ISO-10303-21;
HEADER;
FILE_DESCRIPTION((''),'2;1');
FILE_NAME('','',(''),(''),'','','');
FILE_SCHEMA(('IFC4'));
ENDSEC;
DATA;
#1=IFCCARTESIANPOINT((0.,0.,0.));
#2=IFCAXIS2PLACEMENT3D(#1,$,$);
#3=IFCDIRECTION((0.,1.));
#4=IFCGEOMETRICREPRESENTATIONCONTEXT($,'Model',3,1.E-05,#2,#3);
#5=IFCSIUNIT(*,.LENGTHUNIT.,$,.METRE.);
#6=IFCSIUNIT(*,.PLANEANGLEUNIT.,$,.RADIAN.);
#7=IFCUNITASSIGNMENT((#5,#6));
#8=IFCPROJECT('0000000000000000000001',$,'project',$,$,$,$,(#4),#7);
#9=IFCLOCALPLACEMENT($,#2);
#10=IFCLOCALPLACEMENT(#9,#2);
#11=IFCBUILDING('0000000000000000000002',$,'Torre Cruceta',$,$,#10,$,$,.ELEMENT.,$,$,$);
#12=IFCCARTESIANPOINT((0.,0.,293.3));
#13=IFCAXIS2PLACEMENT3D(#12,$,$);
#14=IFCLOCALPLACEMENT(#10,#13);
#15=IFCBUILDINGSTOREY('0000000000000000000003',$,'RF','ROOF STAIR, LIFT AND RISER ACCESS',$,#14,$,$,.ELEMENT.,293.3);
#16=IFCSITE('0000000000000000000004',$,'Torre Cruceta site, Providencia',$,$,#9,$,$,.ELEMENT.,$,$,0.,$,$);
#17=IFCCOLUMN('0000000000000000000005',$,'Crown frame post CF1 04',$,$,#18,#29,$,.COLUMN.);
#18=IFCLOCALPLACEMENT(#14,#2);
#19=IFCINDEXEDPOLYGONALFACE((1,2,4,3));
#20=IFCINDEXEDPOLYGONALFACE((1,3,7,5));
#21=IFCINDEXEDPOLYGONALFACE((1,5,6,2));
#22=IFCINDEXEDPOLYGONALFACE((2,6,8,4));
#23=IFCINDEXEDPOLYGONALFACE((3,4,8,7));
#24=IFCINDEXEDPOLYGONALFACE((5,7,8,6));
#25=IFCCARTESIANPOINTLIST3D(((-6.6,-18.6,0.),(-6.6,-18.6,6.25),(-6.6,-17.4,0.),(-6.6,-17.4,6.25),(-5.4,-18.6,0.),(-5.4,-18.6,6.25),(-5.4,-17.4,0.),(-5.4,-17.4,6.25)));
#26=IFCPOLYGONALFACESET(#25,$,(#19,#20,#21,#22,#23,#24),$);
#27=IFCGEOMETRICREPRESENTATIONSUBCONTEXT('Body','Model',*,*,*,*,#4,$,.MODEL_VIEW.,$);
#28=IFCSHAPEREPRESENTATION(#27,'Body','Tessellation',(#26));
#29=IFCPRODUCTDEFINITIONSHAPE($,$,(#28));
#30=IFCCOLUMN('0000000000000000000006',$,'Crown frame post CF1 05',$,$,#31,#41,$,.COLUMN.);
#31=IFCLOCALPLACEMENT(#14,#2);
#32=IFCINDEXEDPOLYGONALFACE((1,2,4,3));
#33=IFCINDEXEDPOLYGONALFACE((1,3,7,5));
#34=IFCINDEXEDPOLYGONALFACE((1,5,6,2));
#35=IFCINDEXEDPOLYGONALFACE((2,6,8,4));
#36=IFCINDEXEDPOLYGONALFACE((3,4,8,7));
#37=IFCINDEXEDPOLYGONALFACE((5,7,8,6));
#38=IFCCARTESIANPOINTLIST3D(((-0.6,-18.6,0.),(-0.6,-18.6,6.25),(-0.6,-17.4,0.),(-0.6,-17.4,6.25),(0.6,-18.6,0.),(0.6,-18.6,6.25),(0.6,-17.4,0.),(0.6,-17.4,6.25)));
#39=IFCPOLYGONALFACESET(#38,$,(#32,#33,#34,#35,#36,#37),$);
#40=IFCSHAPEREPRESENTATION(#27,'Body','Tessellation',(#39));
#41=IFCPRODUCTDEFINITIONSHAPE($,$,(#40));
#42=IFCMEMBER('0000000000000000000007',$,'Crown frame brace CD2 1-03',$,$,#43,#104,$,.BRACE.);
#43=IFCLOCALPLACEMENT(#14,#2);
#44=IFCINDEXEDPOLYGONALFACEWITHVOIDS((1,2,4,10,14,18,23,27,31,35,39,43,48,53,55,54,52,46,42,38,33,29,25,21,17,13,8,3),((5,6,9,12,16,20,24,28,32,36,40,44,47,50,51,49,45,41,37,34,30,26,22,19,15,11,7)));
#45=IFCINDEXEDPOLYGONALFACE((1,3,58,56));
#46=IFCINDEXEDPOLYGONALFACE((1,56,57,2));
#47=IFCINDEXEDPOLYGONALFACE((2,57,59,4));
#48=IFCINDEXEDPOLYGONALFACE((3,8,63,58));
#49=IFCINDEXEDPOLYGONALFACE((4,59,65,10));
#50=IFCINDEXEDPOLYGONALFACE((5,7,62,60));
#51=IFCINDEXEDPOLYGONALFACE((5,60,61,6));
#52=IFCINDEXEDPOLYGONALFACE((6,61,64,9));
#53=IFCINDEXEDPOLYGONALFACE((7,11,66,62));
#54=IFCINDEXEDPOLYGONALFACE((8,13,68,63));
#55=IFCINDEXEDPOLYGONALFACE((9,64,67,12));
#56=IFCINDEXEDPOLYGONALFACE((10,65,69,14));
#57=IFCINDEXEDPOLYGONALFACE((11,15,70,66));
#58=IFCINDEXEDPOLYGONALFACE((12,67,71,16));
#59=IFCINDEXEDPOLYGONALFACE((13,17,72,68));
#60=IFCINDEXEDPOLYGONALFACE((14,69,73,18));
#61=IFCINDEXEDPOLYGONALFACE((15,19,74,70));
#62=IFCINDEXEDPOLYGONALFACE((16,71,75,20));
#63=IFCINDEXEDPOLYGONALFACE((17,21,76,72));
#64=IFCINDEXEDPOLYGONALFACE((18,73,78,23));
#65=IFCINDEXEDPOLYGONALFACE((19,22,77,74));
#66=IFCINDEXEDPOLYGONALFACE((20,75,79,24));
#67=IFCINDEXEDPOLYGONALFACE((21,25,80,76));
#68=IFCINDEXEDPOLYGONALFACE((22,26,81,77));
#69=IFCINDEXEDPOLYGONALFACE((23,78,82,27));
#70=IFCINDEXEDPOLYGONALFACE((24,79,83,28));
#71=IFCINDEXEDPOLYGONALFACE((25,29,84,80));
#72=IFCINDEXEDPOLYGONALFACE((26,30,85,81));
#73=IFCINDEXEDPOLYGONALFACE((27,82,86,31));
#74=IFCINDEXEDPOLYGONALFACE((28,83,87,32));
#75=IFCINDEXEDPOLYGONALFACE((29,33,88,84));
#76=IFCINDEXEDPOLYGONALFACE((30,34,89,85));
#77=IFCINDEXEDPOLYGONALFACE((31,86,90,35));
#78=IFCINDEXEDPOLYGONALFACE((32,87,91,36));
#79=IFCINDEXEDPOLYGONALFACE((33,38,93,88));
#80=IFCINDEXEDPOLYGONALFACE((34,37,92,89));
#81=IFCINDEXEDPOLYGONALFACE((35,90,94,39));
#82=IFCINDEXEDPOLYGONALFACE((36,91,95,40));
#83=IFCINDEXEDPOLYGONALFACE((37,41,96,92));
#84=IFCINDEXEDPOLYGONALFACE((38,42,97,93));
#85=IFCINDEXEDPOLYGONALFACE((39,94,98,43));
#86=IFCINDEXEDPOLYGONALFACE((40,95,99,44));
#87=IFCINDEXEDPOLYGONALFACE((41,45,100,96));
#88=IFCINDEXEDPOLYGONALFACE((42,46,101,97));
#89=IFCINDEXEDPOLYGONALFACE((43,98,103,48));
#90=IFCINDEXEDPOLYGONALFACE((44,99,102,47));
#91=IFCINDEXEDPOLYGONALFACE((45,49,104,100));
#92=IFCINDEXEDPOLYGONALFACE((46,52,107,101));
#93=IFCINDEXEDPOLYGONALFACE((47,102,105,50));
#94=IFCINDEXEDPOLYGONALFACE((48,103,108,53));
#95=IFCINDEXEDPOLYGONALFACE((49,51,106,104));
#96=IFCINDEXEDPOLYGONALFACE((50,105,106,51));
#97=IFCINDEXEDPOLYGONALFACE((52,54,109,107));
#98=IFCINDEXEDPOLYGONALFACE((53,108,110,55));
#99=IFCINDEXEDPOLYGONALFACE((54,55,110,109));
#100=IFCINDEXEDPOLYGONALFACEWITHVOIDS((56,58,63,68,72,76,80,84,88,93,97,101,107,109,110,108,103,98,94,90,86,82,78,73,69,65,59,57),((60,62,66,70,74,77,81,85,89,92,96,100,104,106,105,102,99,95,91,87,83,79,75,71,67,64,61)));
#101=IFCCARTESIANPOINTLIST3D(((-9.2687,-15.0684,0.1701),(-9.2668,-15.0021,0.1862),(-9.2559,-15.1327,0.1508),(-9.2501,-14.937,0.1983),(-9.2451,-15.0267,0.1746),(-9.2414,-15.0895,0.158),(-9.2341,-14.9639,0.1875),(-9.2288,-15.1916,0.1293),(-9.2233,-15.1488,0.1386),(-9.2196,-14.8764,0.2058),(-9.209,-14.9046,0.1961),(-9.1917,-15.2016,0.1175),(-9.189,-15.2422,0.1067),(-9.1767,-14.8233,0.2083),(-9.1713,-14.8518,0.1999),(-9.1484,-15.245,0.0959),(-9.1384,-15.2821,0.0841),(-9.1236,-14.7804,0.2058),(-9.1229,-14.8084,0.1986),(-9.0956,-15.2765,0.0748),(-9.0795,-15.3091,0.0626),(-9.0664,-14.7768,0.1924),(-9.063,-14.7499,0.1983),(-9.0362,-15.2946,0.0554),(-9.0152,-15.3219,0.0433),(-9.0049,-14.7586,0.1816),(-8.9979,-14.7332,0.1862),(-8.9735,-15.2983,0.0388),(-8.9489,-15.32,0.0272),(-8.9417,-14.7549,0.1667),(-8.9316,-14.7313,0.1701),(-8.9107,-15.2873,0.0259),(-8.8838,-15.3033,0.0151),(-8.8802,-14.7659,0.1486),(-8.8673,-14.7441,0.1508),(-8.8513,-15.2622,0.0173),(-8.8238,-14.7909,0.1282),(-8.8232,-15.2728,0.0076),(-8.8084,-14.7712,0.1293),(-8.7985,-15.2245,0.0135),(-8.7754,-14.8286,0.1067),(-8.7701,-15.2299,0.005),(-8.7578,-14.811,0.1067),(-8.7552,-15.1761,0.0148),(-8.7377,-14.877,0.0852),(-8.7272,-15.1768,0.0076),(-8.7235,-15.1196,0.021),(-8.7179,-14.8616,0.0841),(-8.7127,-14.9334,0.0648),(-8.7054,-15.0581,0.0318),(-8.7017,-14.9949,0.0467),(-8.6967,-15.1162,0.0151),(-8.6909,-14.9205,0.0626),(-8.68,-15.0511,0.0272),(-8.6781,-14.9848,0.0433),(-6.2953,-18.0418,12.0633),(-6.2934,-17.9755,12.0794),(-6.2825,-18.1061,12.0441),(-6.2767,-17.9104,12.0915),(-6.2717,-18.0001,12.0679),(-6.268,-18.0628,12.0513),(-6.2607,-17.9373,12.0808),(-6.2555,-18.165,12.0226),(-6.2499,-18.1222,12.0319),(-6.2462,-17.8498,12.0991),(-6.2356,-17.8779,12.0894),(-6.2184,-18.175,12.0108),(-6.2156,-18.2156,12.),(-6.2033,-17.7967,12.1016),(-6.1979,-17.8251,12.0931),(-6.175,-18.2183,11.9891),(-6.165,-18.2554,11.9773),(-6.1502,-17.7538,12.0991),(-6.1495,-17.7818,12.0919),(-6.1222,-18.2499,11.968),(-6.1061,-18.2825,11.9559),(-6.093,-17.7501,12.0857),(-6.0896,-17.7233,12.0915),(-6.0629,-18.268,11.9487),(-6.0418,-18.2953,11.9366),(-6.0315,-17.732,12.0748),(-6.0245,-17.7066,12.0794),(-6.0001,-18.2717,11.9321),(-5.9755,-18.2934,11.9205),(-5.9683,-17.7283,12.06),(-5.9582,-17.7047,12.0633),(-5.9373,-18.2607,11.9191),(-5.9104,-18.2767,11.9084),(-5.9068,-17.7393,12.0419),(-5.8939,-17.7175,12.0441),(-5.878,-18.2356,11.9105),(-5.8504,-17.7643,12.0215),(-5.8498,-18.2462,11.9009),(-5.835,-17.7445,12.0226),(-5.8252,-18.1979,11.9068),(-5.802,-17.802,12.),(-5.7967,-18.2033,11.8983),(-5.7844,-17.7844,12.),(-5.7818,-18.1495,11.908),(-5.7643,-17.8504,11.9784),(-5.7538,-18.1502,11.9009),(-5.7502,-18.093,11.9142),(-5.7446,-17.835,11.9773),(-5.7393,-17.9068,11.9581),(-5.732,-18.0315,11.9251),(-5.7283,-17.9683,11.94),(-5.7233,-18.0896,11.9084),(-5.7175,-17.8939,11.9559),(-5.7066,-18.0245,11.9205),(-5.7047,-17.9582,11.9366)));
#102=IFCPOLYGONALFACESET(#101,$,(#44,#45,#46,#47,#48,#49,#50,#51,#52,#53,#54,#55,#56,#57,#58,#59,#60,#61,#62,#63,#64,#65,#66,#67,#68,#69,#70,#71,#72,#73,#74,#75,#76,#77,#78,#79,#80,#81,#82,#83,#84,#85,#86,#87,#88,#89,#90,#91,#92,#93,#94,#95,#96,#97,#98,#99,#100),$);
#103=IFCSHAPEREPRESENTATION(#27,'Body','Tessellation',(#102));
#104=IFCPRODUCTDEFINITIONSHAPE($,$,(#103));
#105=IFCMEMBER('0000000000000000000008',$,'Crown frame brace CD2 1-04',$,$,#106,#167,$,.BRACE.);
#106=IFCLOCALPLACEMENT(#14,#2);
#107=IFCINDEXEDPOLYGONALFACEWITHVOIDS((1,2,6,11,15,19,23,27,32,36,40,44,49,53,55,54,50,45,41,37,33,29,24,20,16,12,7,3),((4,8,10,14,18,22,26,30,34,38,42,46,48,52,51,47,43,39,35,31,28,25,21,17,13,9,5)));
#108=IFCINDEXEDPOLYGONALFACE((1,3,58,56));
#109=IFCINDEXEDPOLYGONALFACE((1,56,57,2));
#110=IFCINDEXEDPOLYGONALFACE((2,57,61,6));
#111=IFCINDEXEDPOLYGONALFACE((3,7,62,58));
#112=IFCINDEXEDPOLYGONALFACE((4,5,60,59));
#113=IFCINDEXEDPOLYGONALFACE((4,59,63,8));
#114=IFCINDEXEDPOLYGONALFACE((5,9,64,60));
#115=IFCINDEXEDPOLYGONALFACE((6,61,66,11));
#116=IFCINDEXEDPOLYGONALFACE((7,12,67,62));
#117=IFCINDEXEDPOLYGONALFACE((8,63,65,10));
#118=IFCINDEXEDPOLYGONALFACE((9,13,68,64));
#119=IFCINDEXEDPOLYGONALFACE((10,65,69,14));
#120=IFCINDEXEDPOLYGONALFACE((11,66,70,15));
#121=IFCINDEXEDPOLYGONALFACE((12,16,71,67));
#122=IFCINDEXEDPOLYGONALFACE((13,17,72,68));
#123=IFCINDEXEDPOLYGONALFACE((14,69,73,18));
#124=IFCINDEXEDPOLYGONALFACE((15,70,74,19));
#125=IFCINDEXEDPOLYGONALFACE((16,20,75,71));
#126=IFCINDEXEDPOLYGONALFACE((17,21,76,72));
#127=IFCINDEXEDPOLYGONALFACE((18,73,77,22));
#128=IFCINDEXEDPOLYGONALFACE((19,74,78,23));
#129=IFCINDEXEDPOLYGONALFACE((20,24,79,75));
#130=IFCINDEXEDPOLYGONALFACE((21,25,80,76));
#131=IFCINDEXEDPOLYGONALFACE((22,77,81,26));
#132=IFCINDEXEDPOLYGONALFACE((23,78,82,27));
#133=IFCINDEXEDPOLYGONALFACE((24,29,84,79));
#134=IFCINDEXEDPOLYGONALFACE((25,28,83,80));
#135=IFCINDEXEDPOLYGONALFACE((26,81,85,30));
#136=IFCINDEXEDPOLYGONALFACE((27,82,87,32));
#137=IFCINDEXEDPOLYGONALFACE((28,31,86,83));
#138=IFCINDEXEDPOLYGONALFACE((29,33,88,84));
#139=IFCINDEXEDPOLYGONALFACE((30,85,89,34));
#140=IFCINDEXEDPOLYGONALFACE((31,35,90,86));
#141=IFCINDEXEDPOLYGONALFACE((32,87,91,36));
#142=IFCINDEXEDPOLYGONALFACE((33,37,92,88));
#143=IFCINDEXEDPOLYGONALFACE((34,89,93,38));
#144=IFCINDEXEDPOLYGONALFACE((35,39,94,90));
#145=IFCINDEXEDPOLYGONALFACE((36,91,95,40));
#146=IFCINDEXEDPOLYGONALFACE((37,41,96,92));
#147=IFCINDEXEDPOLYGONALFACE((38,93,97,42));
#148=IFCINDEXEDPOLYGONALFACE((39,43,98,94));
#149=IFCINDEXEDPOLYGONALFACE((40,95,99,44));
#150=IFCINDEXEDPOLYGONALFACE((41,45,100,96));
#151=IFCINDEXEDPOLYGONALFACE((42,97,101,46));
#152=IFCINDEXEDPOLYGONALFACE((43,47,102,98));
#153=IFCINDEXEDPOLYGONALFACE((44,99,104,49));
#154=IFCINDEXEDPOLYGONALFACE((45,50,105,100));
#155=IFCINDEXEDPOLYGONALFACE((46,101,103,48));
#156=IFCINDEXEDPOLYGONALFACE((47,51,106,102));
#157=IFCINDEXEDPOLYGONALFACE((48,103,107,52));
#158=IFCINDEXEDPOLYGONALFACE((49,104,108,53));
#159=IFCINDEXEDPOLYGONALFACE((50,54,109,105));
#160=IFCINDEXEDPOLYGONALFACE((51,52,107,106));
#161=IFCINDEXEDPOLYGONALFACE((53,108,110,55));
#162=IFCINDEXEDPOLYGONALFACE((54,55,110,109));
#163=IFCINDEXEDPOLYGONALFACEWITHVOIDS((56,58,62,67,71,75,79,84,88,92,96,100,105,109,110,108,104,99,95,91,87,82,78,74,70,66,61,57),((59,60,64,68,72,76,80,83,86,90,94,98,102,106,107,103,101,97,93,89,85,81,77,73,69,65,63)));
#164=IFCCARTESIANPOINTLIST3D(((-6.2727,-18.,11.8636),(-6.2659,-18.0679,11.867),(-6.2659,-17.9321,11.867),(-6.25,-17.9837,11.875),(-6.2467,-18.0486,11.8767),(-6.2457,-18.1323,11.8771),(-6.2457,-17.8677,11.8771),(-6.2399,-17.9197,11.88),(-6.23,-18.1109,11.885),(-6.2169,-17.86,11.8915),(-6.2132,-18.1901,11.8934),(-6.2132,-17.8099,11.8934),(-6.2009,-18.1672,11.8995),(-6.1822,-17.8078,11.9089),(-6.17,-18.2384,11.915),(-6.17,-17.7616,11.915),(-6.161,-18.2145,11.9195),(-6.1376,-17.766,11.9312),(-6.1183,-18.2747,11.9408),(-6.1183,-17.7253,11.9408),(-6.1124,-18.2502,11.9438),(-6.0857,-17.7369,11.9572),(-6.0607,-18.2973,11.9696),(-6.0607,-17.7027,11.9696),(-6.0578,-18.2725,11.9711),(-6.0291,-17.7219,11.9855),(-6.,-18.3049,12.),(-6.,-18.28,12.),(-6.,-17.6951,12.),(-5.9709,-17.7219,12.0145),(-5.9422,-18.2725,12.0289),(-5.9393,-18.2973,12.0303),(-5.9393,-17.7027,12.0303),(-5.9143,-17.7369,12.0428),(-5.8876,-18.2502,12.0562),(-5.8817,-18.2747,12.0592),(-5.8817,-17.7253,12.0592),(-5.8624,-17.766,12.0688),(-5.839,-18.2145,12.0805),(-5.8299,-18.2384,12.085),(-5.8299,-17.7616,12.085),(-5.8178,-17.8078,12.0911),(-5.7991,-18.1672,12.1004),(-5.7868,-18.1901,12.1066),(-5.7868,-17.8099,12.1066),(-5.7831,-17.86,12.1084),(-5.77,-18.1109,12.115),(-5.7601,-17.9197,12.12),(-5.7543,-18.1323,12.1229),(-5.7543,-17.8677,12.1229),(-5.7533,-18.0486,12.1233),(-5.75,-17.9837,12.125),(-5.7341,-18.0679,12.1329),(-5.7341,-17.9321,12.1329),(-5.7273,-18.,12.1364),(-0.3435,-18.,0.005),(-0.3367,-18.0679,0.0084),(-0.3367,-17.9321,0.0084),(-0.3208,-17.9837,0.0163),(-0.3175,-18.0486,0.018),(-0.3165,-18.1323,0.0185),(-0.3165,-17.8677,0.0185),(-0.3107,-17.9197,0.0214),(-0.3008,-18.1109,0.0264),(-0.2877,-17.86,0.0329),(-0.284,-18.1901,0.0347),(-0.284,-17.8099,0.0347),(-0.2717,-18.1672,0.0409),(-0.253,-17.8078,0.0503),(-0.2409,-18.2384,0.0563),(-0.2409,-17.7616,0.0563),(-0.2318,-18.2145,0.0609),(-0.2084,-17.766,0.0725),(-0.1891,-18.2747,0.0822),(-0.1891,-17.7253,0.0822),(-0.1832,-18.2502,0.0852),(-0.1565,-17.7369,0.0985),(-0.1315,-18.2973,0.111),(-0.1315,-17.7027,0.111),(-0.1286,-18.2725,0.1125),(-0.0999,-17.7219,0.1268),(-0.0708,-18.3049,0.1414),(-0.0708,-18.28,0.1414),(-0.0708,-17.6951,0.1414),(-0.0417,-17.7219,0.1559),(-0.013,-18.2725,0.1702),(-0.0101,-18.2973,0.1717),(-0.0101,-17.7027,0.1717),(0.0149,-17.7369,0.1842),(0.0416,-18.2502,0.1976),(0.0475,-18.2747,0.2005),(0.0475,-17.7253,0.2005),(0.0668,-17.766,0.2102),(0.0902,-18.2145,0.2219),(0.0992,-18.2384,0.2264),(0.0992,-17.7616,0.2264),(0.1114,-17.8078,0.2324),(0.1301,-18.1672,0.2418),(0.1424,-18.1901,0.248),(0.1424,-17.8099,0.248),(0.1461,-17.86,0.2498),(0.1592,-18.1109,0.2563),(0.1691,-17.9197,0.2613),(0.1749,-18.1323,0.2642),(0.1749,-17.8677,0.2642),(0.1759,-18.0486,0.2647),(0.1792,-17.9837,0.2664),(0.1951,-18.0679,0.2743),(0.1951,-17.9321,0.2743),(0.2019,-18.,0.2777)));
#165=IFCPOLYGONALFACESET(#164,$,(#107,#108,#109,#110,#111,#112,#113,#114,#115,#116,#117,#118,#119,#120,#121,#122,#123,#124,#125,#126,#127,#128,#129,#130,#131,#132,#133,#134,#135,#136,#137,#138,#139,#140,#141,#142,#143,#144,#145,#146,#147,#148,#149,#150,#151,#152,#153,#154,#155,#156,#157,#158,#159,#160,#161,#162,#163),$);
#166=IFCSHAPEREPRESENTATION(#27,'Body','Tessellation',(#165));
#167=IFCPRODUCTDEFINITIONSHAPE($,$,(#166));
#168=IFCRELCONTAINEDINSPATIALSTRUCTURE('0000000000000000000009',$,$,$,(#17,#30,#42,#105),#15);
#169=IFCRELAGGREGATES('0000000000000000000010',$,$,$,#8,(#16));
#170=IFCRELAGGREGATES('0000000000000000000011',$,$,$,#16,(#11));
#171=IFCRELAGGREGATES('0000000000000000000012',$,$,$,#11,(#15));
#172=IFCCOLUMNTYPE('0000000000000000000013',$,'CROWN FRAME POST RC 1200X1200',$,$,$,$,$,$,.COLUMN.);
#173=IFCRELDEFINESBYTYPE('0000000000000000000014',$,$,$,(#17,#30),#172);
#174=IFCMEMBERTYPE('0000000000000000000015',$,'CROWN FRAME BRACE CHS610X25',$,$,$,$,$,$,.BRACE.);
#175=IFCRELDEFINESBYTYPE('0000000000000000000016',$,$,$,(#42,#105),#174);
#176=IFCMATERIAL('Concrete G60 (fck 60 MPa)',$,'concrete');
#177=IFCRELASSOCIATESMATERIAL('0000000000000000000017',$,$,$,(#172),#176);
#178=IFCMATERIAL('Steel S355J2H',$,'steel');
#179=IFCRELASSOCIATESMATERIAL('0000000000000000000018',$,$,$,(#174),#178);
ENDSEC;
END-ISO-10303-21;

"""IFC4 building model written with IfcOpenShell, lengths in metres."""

from ifc_helpers import new_model, si_unit, direction, frame, origin, origin_2d, place, context, subcontext, project, spatial, rectangle, hollow_circle, extrude, material, material_profile, profile_set, type_object, element, save


model = new_model("IFC4")

# Units and contexts
model_context = context("Model", 3, precision=1e-05, world=origin(), true_north=direction((0.0, 1.0)))
body_context = subcontext(model_context, "Body", "Model", "MODEL_VIEW")
ifc_project = project(units=[si_unit("LENGTHUNIT", "METRE"), si_unit("PLANEANGLEUNIT", "RADIAN")], contexts=[model_context])

# Site, building, storey
site_placement = place(None, origin())
site = spatial("IfcSite", under=ifc_project, at=site_placement, Name="Torre Cruceta site, Providencia", CompositionType="ELEMENT", RefElevation=0.0)
building_placement = place(site_placement, origin())
building = spatial("IfcBuilding", under=site, at=building_placement, Name="Torre Cruceta", CompositionType="ELEMENT")
storey_placement = place(building_placement, frame((0.0, 0.0, 293.3)))
storey = spatial("IfcBuildingStorey", under=building, at=storey_placement, Name="RF", Description="ROOF STAIR, LIFT AND RISER ACCESS", CompositionType="ELEMENT", Elevation=293.3)

# Columns
ifc_material_1 = material(Name="Concrete G60 (fck 60 MPa)", Category="concrete")
ifc_material_profile_1 = material_profile(ifc_material_1, rectangle(XDim=1.2, YDim=1.2, at=origin_2d()), Name="RC 1200X1200")
ifc_profile_set_1 = profile_set([ifc_material_profile_1], Name="Concrete G60 (fck 60 MPa)")
column_type = type_object("IfcColumnType", Name="CROWN FRAME POST RC 1200X1200", PredefinedType="COLUMN", material=ifc_profile_set_1)
for number, where, z_axis, x_axis, name in (
    (1, (-6.0, -18.0, 0.0), (0.0, 0.0, 1.0), (1.0, 0.0, 0.0), "Crown frame post CF1 04"),
    (2, (0.0, -18.0, 0.0), (0.0, 0.0, 1.0), (1.0, 0.0, 0.0), "Crown frame post CF1 05"),
):
    element("IfcColumn", number, at=place(storey_placement, frame(where, z_axis=z_axis, x_axis=x_axis)), inside=storey, type_object=column_type, Name=name, PredefinedType="COLUMN", context=body_context, shape_type="SweptSolid", body=[
        extrude(rectangle(XDim=1.2, YDim=1.2, at=origin_2d()), origin(), (0.0, 0.0, 1.0), 6.25),
    ])

# Members
ifc_material_2 = material(Name="Steel S355J2H", Category="steel")
ifc_material_profile_2 = material_profile(ifc_material_2, hollow_circle(Radius=0.3049, WallThickness=0.0249, at=origin_2d()), Name="CHS610X25")
ifc_profile_set_2 = profile_set([ifc_material_profile_2], Name="Steel S355J2H")
member_type_1 = type_object("IfcMemberType", Name="CROWN FRAME BRACE CHS610X25", PredefinedType="BRACE", material=ifc_profile_set_2)
member_1_placement = place(storey_placement, frame((-8.9734, -15.0266, 0.1067), z_axis=(0.235707, -0.235707, 0.942807), x_axis=(0.707107, 0.707107, 0.0)))
element("IfcMember", 3, at=member_1_placement, inside=storey, type_object=member_type_1, Name="Crown frame brace CD2 1-03", PredefinedType="BRACE", context=body_context, shape_type="SweptSolid", body=[
    extrude(hollow_circle(Radius=0.3049, WallThickness=0.0249, at=origin_2d()), origin(), (0.0, 0.0, 1.0), 12.6147),
])
member_2_placement = place(storey_placement, frame((-0.0708, -18.0, 0.1414), z_axis=(-0.447206, 0.0, 0.894431), x_axis=(0.0, -1.0, 0.0)))
element("IfcMember", 4, at=member_2_placement, inside=storey, type_object=member_type_1, Name="Crown frame brace CD2 1-04", PredefinedType="BRACE", context=body_context, shape_type="SweptSolid", body=[
    extrude(hollow_circle(Radius=0.3049, WallThickness=0.0249, at=origin_2d()), origin(), (0.0, 0.0, 1.0), 13.2583),
])

save(model, "model.ifc")
